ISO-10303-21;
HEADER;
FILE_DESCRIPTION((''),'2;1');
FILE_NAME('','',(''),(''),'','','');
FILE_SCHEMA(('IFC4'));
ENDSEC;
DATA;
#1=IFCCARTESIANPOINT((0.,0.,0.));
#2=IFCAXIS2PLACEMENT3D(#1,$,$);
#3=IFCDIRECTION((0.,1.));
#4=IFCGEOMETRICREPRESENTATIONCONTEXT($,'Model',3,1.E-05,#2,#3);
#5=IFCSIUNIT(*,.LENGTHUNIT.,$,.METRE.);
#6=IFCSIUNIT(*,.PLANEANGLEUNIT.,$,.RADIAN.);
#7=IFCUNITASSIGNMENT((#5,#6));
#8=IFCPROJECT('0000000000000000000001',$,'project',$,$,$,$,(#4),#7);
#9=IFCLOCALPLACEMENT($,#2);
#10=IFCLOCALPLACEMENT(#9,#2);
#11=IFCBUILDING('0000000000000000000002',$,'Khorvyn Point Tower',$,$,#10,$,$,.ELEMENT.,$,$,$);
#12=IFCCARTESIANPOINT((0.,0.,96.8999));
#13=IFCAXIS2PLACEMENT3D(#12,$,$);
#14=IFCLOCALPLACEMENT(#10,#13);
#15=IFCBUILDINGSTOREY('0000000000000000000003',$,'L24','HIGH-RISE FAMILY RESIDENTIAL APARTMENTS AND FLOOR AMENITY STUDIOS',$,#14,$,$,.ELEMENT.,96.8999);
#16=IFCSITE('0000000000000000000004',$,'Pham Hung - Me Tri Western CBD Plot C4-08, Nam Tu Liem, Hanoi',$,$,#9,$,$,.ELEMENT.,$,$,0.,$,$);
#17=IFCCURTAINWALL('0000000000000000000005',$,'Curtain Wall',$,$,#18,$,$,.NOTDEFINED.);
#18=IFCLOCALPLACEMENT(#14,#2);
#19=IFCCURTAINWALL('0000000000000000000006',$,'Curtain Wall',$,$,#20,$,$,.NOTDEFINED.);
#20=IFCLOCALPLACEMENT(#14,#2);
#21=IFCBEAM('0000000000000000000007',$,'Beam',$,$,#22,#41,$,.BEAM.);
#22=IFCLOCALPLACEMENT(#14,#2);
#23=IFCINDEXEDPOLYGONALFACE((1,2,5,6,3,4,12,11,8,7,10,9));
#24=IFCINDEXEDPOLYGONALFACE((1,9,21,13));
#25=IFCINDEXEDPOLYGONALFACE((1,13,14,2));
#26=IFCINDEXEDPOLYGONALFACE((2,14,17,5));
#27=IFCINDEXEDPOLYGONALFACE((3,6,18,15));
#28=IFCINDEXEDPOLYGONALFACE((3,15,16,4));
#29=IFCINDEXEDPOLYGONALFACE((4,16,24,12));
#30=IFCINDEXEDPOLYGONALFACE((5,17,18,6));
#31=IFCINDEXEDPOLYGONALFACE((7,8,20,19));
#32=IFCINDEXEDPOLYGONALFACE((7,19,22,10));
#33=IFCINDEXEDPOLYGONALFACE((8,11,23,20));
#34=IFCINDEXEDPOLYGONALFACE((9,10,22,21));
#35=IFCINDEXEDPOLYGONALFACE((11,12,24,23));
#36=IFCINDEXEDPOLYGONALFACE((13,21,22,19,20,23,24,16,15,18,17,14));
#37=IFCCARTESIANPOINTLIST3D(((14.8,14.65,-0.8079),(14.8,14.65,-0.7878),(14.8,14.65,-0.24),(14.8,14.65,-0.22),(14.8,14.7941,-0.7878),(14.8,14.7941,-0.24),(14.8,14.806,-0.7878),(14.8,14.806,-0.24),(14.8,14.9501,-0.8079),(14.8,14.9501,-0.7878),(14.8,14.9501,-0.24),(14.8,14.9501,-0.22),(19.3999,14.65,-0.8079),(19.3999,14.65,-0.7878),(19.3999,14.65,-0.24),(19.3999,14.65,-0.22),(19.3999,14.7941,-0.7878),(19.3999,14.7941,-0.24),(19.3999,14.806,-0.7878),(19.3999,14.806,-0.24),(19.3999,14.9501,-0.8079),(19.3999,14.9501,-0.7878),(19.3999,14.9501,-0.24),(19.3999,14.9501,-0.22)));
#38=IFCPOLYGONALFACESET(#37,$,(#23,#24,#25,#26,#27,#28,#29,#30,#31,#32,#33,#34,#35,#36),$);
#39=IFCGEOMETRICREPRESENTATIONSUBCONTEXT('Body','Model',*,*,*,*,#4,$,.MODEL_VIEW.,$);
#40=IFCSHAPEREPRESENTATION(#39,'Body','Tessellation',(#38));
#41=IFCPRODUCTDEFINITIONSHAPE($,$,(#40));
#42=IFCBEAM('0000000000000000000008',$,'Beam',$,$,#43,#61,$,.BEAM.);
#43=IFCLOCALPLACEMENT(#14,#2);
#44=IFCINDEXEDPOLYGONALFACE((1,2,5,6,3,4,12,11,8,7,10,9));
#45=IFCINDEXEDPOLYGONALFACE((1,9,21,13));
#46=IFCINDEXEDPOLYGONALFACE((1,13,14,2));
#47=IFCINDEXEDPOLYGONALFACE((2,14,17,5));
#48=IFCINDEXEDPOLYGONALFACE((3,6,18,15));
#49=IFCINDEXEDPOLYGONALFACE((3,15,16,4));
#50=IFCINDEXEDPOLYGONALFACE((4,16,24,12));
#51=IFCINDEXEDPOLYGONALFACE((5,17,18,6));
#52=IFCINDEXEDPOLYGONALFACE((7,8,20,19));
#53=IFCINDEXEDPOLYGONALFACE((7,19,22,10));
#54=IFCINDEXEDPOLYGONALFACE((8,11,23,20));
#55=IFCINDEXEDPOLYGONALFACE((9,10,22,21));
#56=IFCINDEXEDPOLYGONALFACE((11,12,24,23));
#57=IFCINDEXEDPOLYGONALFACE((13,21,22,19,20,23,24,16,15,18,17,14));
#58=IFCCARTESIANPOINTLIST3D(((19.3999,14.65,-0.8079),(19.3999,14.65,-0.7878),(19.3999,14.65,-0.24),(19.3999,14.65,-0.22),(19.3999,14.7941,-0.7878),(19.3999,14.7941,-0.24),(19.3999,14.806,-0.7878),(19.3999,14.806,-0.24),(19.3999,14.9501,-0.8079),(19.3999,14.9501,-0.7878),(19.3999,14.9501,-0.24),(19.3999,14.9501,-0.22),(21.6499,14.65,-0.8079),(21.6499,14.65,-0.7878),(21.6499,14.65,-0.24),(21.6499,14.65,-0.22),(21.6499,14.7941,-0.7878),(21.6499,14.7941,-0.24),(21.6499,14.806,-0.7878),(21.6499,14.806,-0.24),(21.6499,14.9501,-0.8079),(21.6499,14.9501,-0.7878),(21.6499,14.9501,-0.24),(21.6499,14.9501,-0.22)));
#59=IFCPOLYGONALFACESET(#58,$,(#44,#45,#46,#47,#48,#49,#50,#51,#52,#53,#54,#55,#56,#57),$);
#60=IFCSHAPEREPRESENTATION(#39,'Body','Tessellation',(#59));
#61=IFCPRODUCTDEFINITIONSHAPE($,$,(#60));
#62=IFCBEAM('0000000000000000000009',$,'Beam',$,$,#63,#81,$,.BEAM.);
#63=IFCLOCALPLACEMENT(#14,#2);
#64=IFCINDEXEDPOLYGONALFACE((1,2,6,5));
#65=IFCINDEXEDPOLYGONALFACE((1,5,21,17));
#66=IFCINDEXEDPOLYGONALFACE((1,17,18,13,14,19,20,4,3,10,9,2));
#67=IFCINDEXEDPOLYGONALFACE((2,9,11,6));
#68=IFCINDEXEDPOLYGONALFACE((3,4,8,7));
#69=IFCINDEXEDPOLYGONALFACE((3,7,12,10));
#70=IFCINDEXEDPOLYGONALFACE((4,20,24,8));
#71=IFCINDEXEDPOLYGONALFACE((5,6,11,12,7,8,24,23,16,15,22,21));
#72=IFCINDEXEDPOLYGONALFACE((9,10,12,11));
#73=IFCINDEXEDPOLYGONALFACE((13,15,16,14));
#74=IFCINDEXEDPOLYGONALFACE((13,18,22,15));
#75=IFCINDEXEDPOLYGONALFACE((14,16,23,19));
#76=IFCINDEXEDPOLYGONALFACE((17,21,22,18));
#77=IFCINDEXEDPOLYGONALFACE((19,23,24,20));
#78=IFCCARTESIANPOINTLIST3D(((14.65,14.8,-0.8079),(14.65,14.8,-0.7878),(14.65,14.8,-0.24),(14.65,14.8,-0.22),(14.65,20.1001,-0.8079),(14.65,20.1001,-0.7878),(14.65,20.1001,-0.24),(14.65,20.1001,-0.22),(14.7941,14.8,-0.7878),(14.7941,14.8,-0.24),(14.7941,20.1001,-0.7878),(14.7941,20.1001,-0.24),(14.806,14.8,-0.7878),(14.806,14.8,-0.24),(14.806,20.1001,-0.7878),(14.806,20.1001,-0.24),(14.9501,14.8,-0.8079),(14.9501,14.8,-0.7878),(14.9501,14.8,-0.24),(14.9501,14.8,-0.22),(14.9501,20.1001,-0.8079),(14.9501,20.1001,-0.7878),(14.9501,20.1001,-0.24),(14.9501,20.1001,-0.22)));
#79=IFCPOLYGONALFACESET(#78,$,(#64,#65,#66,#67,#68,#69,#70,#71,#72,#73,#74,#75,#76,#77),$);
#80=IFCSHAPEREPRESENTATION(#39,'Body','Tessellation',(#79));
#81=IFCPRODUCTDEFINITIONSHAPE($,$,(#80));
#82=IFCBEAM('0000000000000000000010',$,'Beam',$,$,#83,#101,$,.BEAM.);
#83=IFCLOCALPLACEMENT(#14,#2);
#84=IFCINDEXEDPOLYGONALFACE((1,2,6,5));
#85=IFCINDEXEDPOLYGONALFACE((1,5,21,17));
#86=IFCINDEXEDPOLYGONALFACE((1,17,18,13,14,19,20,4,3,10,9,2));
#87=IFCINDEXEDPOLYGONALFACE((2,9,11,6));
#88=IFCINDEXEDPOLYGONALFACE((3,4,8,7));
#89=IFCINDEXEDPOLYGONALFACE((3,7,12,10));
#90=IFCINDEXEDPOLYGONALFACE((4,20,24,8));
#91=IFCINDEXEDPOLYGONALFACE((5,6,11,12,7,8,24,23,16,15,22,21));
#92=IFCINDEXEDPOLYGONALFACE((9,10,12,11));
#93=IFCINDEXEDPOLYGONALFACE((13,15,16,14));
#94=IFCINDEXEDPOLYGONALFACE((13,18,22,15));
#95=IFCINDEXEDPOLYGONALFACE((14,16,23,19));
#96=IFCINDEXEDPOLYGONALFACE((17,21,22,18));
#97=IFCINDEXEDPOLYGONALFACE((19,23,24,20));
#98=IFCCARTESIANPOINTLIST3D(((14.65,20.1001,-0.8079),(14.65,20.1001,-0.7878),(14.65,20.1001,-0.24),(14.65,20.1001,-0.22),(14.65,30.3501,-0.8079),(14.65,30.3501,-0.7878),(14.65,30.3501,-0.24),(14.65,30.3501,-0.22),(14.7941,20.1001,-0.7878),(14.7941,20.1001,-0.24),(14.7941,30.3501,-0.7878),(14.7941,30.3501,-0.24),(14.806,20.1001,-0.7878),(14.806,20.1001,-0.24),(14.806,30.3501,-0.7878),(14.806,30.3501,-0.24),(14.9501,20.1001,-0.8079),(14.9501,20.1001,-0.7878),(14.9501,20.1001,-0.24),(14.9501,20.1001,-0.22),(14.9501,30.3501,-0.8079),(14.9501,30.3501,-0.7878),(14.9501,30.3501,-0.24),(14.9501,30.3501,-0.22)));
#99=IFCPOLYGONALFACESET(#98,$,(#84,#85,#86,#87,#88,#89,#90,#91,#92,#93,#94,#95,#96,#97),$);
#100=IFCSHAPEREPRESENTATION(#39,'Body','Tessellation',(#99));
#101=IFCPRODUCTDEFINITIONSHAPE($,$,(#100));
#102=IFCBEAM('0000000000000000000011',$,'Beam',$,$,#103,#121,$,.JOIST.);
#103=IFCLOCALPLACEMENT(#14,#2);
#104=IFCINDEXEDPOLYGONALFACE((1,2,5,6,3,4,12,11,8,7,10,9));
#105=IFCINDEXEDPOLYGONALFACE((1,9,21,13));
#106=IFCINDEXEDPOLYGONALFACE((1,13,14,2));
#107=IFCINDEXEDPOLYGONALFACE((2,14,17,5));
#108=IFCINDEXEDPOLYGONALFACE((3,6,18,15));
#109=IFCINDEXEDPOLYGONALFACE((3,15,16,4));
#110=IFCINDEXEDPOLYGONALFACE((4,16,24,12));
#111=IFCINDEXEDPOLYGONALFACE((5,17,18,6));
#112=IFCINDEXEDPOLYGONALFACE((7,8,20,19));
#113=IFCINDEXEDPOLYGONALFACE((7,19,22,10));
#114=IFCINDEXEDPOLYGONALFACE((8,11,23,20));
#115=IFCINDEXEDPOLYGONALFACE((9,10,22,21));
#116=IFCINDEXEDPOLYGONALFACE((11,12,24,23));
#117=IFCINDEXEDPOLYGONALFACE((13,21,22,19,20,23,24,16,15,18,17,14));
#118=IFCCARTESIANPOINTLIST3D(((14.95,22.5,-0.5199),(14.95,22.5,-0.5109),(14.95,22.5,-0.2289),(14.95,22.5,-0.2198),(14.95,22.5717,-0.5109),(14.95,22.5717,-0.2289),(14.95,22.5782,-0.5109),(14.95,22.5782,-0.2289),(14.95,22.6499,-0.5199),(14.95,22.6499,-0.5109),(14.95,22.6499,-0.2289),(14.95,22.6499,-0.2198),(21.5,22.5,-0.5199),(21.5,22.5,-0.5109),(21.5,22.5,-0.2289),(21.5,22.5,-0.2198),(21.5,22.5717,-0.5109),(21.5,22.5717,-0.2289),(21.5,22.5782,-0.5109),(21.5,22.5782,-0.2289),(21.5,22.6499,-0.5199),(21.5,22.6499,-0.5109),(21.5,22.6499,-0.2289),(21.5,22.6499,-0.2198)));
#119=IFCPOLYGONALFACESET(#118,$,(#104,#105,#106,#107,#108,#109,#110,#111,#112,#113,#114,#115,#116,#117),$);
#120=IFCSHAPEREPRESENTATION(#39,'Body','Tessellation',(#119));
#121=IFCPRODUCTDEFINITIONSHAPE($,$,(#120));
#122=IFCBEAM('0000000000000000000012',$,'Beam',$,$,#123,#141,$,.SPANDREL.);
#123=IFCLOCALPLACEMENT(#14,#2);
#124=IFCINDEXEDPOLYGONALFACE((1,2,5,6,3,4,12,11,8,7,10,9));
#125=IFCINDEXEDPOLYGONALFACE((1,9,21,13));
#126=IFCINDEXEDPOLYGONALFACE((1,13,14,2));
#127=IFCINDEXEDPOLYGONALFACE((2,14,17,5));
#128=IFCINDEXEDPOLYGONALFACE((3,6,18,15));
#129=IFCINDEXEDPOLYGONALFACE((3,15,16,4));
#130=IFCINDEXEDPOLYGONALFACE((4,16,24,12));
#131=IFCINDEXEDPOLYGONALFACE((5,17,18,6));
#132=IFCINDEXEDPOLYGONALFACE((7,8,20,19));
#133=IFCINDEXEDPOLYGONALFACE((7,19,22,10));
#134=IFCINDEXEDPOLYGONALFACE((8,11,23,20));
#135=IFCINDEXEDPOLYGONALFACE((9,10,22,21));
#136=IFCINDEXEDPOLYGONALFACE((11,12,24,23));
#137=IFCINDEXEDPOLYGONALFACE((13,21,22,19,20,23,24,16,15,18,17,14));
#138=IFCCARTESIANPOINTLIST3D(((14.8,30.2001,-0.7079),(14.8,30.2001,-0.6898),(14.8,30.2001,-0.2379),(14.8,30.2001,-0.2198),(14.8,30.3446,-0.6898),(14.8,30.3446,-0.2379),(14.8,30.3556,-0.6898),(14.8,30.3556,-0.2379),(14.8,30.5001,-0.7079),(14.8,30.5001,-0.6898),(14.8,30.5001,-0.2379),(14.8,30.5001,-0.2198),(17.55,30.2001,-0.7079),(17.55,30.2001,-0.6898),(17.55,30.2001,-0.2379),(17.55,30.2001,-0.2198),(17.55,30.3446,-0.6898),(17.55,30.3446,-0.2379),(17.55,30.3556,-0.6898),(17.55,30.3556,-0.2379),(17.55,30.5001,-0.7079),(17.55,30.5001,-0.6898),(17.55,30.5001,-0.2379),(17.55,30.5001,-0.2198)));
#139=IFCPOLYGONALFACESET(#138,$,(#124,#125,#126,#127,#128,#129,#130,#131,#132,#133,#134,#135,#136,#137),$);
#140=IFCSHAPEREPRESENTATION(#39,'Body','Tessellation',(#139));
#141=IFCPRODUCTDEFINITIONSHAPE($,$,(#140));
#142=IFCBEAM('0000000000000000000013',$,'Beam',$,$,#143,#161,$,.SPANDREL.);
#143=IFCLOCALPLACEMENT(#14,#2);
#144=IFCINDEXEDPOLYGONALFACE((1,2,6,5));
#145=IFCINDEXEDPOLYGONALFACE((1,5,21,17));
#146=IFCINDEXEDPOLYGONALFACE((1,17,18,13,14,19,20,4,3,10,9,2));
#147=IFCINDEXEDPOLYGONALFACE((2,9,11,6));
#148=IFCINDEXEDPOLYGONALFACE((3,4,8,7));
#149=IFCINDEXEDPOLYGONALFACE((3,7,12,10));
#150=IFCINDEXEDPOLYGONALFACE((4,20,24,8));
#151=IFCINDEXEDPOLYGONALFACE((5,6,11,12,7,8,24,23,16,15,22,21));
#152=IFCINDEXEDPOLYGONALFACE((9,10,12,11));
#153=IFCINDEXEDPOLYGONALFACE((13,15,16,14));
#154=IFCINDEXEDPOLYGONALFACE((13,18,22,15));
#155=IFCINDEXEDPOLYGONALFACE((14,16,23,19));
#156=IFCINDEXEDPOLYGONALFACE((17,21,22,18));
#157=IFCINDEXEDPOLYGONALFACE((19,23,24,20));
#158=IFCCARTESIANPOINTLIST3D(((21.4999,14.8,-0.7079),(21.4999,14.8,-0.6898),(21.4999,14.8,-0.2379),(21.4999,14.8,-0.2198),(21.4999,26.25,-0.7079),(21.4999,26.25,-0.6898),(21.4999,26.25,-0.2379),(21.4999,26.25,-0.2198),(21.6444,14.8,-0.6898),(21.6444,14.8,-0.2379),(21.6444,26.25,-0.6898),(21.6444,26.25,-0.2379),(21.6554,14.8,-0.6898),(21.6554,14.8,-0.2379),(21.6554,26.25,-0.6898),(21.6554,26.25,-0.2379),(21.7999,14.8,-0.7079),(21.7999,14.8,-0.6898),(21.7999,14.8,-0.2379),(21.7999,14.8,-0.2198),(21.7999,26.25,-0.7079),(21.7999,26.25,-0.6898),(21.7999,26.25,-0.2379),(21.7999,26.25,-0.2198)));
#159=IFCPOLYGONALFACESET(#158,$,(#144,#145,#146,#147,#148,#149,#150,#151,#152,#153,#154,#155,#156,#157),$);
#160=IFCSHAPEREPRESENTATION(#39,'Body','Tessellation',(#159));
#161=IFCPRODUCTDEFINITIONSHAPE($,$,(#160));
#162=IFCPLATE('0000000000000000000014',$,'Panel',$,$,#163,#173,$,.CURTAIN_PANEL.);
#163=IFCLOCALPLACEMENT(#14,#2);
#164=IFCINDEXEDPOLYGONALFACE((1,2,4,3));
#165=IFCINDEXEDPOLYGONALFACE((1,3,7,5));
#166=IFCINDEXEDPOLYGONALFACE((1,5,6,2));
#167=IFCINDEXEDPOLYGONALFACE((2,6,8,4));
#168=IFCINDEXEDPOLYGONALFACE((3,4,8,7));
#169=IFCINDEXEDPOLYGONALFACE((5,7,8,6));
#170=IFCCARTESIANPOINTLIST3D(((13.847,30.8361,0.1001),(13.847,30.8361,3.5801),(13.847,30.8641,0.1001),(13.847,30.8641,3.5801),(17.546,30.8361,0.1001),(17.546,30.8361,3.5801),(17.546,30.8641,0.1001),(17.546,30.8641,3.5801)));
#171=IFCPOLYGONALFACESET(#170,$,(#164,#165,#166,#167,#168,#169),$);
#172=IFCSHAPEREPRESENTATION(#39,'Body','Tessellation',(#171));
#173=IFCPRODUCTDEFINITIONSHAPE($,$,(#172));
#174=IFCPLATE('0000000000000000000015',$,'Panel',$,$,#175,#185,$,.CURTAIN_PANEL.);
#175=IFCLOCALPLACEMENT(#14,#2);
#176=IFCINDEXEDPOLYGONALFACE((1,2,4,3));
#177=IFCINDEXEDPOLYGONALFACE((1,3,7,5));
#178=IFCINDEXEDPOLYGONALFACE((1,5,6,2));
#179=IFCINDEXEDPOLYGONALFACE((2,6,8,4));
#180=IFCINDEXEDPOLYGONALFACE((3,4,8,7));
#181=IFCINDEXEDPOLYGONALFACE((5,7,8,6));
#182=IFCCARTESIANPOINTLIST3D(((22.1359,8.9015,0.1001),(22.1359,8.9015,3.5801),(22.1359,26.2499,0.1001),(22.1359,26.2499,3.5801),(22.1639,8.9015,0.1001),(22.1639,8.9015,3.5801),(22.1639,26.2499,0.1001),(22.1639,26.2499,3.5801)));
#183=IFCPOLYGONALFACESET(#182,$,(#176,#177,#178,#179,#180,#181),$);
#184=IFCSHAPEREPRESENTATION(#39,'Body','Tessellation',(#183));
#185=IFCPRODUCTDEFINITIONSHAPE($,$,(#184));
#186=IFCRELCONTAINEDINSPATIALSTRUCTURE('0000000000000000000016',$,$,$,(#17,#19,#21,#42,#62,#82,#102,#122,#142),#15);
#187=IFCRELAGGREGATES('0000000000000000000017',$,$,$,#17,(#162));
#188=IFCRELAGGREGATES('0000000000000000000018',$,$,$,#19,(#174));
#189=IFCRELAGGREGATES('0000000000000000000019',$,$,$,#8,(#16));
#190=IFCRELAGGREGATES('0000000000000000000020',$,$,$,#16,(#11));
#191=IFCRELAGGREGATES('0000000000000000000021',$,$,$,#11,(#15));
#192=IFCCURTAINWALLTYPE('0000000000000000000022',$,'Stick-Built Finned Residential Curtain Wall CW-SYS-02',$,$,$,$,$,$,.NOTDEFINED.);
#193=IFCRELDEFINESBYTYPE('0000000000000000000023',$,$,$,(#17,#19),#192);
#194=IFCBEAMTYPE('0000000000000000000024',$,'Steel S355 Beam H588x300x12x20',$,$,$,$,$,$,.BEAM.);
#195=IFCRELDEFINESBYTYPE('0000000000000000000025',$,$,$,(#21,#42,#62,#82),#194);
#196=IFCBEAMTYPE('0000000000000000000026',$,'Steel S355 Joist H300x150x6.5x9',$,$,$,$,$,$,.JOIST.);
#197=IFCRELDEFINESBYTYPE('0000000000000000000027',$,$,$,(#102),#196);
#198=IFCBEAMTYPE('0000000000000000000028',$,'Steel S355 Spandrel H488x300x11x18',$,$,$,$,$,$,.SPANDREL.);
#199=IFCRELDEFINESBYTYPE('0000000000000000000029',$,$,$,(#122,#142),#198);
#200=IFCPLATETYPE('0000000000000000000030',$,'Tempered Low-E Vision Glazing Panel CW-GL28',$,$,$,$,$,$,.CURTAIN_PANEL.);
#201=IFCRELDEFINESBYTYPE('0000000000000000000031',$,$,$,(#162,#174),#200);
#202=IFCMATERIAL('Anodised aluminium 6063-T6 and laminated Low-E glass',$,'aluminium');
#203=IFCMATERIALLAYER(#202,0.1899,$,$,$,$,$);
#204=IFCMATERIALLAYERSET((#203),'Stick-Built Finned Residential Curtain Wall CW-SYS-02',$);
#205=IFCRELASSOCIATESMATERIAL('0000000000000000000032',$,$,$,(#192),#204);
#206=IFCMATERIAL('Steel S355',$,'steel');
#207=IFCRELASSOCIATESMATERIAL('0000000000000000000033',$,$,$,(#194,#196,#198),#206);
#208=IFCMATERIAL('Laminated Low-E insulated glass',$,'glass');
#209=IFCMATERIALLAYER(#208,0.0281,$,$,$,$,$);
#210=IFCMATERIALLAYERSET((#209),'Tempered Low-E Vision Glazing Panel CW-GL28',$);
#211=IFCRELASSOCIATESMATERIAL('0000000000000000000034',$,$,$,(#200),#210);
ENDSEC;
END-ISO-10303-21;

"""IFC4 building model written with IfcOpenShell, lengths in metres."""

from ifc_helpers import new_model, si_unit, direction, frame, origin, origin_2d, place, context, subcontext, project, spatial, rectangle, i_section, extrude, material, layer, layer_set, material_profile, profile_set, type_object, element, aggregate, save


model = new_model("IFC4")

# Units and contexts
model_context = context("Model", 3, precision=1e-05, world=origin(), true_north=direction((0.0, 1.0)))
body_context = subcontext(model_context, "Body", "Model", "MODEL_VIEW")
ifc_project = project(units=[si_unit("LENGTHUNIT", "METRE"), si_unit("PLANEANGLEUNIT", "RADIAN")], contexts=[model_context])

# Site, building, storey
site_placement = place(None, origin())
site = spatial("IfcSite", under=ifc_project, at=site_placement, Name="Pham Hung - Me Tri Western CBD Plot C4-08, Nam Tu Liem, Hanoi", CompositionType="ELEMENT", RefElevation=0.0)
building_placement = place(site_placement, origin())
building = spatial("IfcBuilding", under=site, at=building_placement, Name="Khorvyn Point Tower", CompositionType="ELEMENT")
storey_placement = place(building_placement, frame((0.0, 0.0, 96.8999)))
storey = spatial("IfcBuildingStorey", under=building, at=storey_placement, Name="L24", Description="HIGH-RISE FAMILY RESIDENTIAL APARTMENTS AND FLOOR AMENITY STUDIOS", CompositionType="ELEMENT", Elevation=96.8999)

# Curtain wall
ifc_material_1 = material(Name="Anodised aluminium 6063-T6 and laminated Low-E glass", Category="aluminium")
ifc_layer_1 = layer(ifc_material_1, 0.1899)
ifc_layer_set_1 = layer_set([ifc_layer_1], Name="Stick-Built Finned Residential Curtain Wall CW-SYS-02")
curtain_wall_type = type_object("IfcCurtainWallType", Name="Stick-Built Finned Residential Curtain Wall CW-SYS-02", PredefinedType="NOTDEFINED", material=ifc_layer_set_1)
curtain_wall_1_placement = place(storey_placement, origin())
curtain_wall_1 = element("IfcCurtainWall", 1, at=curtain_wall_1_placement, inside=storey, type_object=curtain_wall_type, Name="Curtain Wall", PredefinedType="NOTDEFINED")

# Curtain wall
curtain_wall_2_placement = place(storey_placement, origin())
curtain_wall_2 = element("IfcCurtainWall", 2, at=curtain_wall_2_placement, inside=storey, type_object=curtain_wall_type, Name="Curtain Wall", PredefinedType="NOTDEFINED")

# Beams
ifc_material_2 = material(Name="Steel S355", Category="steel")
ifc_material_profile_1 = material_profile(ifc_material_2, i_section(OverallWidth=0.3, OverallDepth=0.5879, WebThickness=0.012, FlangeThickness=0.02, at=origin_2d()))
ifc_profile_set_1 = profile_set([ifc_material_profile_1], Name="Steel S355 H588x300x12x20")
beam_type_1 = type_object("IfcBeamType", Name="Steel S355 Beam H588x300x12x20", PredefinedType="BEAM", material=ifc_profile_set_1)
beam_1_placement = place(storey_placement, frame((14.8, 14.8, -0.5139), z_axis=(1.0, 0.0, 0.0), x_axis=(0.0, 1.0, 0.0)))
element("IfcBeam", 3, at=beam_1_placement, inside=storey, type_object=beam_type_1, Name="Beam", PredefinedType="BEAM", context=body_context, shape_type="SweptSolid", body=[
    extrude(i_section(OverallWidth=0.3, OverallDepth=0.5879, WebThickness=0.012, FlangeThickness=0.02, at=origin_2d()), origin(), (0.0, 0.0, 1.0), 4.5999),
])
beam_2_placement = place(storey_placement, frame((19.3999, 14.8, -0.5139), z_axis=(1.0, 0.0, 0.0), x_axis=(0.0, 1.0, 0.0)))
element("IfcBeam", 4, at=beam_2_placement, inside=storey, type_object=beam_type_1, Name="Beam", PredefinedType="BEAM", context=body_context, shape_type="SweptSolid", body=[
    extrude(i_section(OverallWidth=0.3, OverallDepth=0.5879, WebThickness=0.012, FlangeThickness=0.02, at=origin_2d()), origin(), (0.0, 0.0, 1.0), 2.25),
])
beam_3_placement = place(storey_placement, frame((14.8, 14.8, -0.5139), z_axis=(0.0, 1.0, 0.0), x_axis=(-1.0, 0.0, 0.0)))
element("IfcBeam", 5, at=beam_3_placement, inside=storey, type_object=beam_type_1, Name="Beam", PredefinedType="BEAM", context=body_context, shape_type="SweptSolid", body=[
    extrude(i_section(OverallWidth=0.3, OverallDepth=0.5879, WebThickness=0.012, FlangeThickness=0.02, at=origin_2d()), origin(), (0.0, 0.0, 1.0), 5.3),
])
beam_4_placement = place(storey_placement, frame((14.8, 20.1001, -0.5139), z_axis=(0.0, 1.0, 0.0), x_axis=(-1.0, 0.0, 0.0)))
element("IfcBeam", 6, at=beam_4_placement, inside=storey, type_object=beam_type_1, Name="Beam", PredefinedType="BEAM", context=body_context, shape_type="SweptSolid", body=[
    extrude(i_section(OverallWidth=0.3, OverallDepth=0.5879, WebThickness=0.012, FlangeThickness=0.02, at=origin_2d()), origin(), (0.0, 0.0, 1.0), 10.25),
])
ifc_material_profile_2 = material_profile(ifc_material_2, i_section(OverallWidth=0.1499, OverallDepth=0.3, WebThickness=0.0066, FlangeThickness=0.009, at=origin_2d()))
ifc_profile_set_2 = profile_set([ifc_material_profile_2], Name="Steel S355 H300x150x6.5x9")
beam_type_2 = type_object("IfcBeamType", Name="Steel S355 Joist H300x150x6.5x9", PredefinedType="JOIST", material=ifc_profile_set_2)
beam_5_placement = place(storey_placement, frame((14.95, 22.575, -0.3699), z_axis=(1.0, 0.0, 0.0), x_axis=(0.0, 1.0, 0.0)))
element("IfcBeam", 7, at=beam_5_placement, inside=storey, type_object=beam_type_2, Name="Beam", PredefinedType="JOIST", context=body_context, shape_type="SweptSolid", body=[
    extrude(i_section(OverallWidth=0.1499, OverallDepth=0.3, WebThickness=0.0066, FlangeThickness=0.009, at=origin_2d()), origin(), (0.0, 0.0, 1.0), 6.55),
])
ifc_material_profile_3 = material_profile(ifc_material_2, i_section(OverallWidth=0.3, OverallDepth=0.488, WebThickness=0.011, FlangeThickness=0.0181, at=origin_2d()))
ifc_profile_set_3 = profile_set([ifc_material_profile_3], Name="Steel S355 H488x300x11x18")
beam_type_3 = type_object("IfcBeamType", Name="Steel S355 Spandrel H488x300x11x18", PredefinedType="SPANDREL", material=ifc_profile_set_3)
beam_6_placement = place(storey_placement, frame((14.8, 30.3501, -0.4639), z_axis=(1.0, 0.0, 0.0), x_axis=(0.0, 1.0, 0.0)))
element("IfcBeam", 8, at=beam_6_placement, inside=storey, type_object=beam_type_3, Name="Beam", PredefinedType="SPANDREL", context=body_context, shape_type="SweptSolid", body=[
    extrude(i_section(OverallWidth=0.3, OverallDepth=0.488, WebThickness=0.011, FlangeThickness=0.0181, at=origin_2d()), origin(), (0.0, 0.0, 1.0), 2.75),
])
beam_7_placement = place(storey_placement, frame((21.6499, 14.8, -0.4639), z_axis=(0.0, 1.0, 0.0), x_axis=(-1.0, 0.0, 0.0)))
element("IfcBeam", 9, at=beam_7_placement, inside=storey, type_object=beam_type_3, Name="Beam", PredefinedType="SPANDREL", context=body_context, shape_type="SweptSolid", body=[
    extrude(i_section(OverallWidth=0.3, OverallDepth=0.488, WebThickness=0.011, FlangeThickness=0.0181, at=origin_2d()), origin(), (0.0, 0.0, 1.0), 11.45),
])

# Plates
ifc_material_3 = material(Name="Laminated Low-E insulated glass", Category="glass")
ifc_layer_2 = layer(ifc_material_3, 0.0281)
ifc_layer_set_2 = layer_set([ifc_layer_2], Name="Tempered Low-E Vision Glazing Panel CW-GL28")
plate_type = type_object("IfcPlateType", Name="Tempered Low-E Vision Glazing Panel CW-GL28", PredefinedType="CURTAIN_PANEL", material=ifc_layer_set_2)
plate_1_placement = place(storey_placement, frame((15.6965, 30.8501, 0.1001), z_axis=(0.0, 0.0, 1.0), x_axis=(1.0, 0.0, 0.0)))
plate_1 = element("IfcPlate", 10, at=plate_1_placement, type_object=plate_type, Name="Panel", PredefinedType="CURTAIN_PANEL", context=body_context, shape_type="SweptSolid", body=[
    extrude(rectangle(XDim=3.699, YDim=0.0281, at=origin_2d()), origin(), (0.0, 0.0, 1.0), 3.48),
])
aggregate(curtain_wall_1, [plate_1])
plate_2_placement = place(storey_placement, frame((22.1499, 17.5757, 0.1001), z_axis=(0.0, 0.0, 1.0), x_axis=(0.0, -1.0, 0.0)))
plate_2 = element("IfcPlate", 11, at=plate_2_placement, type_object=plate_type, Name="Panel", PredefinedType="CURTAIN_PANEL", context=body_context, shape_type="SweptSolid", body=[
    extrude(rectangle(XDim=17.3484, YDim=0.0281, at=origin_2d()), origin(), (0.0, 0.0, 1.0), 3.48),
])
aggregate(curtain_wall_2, [plate_2])

save(model, "model.ifc")
